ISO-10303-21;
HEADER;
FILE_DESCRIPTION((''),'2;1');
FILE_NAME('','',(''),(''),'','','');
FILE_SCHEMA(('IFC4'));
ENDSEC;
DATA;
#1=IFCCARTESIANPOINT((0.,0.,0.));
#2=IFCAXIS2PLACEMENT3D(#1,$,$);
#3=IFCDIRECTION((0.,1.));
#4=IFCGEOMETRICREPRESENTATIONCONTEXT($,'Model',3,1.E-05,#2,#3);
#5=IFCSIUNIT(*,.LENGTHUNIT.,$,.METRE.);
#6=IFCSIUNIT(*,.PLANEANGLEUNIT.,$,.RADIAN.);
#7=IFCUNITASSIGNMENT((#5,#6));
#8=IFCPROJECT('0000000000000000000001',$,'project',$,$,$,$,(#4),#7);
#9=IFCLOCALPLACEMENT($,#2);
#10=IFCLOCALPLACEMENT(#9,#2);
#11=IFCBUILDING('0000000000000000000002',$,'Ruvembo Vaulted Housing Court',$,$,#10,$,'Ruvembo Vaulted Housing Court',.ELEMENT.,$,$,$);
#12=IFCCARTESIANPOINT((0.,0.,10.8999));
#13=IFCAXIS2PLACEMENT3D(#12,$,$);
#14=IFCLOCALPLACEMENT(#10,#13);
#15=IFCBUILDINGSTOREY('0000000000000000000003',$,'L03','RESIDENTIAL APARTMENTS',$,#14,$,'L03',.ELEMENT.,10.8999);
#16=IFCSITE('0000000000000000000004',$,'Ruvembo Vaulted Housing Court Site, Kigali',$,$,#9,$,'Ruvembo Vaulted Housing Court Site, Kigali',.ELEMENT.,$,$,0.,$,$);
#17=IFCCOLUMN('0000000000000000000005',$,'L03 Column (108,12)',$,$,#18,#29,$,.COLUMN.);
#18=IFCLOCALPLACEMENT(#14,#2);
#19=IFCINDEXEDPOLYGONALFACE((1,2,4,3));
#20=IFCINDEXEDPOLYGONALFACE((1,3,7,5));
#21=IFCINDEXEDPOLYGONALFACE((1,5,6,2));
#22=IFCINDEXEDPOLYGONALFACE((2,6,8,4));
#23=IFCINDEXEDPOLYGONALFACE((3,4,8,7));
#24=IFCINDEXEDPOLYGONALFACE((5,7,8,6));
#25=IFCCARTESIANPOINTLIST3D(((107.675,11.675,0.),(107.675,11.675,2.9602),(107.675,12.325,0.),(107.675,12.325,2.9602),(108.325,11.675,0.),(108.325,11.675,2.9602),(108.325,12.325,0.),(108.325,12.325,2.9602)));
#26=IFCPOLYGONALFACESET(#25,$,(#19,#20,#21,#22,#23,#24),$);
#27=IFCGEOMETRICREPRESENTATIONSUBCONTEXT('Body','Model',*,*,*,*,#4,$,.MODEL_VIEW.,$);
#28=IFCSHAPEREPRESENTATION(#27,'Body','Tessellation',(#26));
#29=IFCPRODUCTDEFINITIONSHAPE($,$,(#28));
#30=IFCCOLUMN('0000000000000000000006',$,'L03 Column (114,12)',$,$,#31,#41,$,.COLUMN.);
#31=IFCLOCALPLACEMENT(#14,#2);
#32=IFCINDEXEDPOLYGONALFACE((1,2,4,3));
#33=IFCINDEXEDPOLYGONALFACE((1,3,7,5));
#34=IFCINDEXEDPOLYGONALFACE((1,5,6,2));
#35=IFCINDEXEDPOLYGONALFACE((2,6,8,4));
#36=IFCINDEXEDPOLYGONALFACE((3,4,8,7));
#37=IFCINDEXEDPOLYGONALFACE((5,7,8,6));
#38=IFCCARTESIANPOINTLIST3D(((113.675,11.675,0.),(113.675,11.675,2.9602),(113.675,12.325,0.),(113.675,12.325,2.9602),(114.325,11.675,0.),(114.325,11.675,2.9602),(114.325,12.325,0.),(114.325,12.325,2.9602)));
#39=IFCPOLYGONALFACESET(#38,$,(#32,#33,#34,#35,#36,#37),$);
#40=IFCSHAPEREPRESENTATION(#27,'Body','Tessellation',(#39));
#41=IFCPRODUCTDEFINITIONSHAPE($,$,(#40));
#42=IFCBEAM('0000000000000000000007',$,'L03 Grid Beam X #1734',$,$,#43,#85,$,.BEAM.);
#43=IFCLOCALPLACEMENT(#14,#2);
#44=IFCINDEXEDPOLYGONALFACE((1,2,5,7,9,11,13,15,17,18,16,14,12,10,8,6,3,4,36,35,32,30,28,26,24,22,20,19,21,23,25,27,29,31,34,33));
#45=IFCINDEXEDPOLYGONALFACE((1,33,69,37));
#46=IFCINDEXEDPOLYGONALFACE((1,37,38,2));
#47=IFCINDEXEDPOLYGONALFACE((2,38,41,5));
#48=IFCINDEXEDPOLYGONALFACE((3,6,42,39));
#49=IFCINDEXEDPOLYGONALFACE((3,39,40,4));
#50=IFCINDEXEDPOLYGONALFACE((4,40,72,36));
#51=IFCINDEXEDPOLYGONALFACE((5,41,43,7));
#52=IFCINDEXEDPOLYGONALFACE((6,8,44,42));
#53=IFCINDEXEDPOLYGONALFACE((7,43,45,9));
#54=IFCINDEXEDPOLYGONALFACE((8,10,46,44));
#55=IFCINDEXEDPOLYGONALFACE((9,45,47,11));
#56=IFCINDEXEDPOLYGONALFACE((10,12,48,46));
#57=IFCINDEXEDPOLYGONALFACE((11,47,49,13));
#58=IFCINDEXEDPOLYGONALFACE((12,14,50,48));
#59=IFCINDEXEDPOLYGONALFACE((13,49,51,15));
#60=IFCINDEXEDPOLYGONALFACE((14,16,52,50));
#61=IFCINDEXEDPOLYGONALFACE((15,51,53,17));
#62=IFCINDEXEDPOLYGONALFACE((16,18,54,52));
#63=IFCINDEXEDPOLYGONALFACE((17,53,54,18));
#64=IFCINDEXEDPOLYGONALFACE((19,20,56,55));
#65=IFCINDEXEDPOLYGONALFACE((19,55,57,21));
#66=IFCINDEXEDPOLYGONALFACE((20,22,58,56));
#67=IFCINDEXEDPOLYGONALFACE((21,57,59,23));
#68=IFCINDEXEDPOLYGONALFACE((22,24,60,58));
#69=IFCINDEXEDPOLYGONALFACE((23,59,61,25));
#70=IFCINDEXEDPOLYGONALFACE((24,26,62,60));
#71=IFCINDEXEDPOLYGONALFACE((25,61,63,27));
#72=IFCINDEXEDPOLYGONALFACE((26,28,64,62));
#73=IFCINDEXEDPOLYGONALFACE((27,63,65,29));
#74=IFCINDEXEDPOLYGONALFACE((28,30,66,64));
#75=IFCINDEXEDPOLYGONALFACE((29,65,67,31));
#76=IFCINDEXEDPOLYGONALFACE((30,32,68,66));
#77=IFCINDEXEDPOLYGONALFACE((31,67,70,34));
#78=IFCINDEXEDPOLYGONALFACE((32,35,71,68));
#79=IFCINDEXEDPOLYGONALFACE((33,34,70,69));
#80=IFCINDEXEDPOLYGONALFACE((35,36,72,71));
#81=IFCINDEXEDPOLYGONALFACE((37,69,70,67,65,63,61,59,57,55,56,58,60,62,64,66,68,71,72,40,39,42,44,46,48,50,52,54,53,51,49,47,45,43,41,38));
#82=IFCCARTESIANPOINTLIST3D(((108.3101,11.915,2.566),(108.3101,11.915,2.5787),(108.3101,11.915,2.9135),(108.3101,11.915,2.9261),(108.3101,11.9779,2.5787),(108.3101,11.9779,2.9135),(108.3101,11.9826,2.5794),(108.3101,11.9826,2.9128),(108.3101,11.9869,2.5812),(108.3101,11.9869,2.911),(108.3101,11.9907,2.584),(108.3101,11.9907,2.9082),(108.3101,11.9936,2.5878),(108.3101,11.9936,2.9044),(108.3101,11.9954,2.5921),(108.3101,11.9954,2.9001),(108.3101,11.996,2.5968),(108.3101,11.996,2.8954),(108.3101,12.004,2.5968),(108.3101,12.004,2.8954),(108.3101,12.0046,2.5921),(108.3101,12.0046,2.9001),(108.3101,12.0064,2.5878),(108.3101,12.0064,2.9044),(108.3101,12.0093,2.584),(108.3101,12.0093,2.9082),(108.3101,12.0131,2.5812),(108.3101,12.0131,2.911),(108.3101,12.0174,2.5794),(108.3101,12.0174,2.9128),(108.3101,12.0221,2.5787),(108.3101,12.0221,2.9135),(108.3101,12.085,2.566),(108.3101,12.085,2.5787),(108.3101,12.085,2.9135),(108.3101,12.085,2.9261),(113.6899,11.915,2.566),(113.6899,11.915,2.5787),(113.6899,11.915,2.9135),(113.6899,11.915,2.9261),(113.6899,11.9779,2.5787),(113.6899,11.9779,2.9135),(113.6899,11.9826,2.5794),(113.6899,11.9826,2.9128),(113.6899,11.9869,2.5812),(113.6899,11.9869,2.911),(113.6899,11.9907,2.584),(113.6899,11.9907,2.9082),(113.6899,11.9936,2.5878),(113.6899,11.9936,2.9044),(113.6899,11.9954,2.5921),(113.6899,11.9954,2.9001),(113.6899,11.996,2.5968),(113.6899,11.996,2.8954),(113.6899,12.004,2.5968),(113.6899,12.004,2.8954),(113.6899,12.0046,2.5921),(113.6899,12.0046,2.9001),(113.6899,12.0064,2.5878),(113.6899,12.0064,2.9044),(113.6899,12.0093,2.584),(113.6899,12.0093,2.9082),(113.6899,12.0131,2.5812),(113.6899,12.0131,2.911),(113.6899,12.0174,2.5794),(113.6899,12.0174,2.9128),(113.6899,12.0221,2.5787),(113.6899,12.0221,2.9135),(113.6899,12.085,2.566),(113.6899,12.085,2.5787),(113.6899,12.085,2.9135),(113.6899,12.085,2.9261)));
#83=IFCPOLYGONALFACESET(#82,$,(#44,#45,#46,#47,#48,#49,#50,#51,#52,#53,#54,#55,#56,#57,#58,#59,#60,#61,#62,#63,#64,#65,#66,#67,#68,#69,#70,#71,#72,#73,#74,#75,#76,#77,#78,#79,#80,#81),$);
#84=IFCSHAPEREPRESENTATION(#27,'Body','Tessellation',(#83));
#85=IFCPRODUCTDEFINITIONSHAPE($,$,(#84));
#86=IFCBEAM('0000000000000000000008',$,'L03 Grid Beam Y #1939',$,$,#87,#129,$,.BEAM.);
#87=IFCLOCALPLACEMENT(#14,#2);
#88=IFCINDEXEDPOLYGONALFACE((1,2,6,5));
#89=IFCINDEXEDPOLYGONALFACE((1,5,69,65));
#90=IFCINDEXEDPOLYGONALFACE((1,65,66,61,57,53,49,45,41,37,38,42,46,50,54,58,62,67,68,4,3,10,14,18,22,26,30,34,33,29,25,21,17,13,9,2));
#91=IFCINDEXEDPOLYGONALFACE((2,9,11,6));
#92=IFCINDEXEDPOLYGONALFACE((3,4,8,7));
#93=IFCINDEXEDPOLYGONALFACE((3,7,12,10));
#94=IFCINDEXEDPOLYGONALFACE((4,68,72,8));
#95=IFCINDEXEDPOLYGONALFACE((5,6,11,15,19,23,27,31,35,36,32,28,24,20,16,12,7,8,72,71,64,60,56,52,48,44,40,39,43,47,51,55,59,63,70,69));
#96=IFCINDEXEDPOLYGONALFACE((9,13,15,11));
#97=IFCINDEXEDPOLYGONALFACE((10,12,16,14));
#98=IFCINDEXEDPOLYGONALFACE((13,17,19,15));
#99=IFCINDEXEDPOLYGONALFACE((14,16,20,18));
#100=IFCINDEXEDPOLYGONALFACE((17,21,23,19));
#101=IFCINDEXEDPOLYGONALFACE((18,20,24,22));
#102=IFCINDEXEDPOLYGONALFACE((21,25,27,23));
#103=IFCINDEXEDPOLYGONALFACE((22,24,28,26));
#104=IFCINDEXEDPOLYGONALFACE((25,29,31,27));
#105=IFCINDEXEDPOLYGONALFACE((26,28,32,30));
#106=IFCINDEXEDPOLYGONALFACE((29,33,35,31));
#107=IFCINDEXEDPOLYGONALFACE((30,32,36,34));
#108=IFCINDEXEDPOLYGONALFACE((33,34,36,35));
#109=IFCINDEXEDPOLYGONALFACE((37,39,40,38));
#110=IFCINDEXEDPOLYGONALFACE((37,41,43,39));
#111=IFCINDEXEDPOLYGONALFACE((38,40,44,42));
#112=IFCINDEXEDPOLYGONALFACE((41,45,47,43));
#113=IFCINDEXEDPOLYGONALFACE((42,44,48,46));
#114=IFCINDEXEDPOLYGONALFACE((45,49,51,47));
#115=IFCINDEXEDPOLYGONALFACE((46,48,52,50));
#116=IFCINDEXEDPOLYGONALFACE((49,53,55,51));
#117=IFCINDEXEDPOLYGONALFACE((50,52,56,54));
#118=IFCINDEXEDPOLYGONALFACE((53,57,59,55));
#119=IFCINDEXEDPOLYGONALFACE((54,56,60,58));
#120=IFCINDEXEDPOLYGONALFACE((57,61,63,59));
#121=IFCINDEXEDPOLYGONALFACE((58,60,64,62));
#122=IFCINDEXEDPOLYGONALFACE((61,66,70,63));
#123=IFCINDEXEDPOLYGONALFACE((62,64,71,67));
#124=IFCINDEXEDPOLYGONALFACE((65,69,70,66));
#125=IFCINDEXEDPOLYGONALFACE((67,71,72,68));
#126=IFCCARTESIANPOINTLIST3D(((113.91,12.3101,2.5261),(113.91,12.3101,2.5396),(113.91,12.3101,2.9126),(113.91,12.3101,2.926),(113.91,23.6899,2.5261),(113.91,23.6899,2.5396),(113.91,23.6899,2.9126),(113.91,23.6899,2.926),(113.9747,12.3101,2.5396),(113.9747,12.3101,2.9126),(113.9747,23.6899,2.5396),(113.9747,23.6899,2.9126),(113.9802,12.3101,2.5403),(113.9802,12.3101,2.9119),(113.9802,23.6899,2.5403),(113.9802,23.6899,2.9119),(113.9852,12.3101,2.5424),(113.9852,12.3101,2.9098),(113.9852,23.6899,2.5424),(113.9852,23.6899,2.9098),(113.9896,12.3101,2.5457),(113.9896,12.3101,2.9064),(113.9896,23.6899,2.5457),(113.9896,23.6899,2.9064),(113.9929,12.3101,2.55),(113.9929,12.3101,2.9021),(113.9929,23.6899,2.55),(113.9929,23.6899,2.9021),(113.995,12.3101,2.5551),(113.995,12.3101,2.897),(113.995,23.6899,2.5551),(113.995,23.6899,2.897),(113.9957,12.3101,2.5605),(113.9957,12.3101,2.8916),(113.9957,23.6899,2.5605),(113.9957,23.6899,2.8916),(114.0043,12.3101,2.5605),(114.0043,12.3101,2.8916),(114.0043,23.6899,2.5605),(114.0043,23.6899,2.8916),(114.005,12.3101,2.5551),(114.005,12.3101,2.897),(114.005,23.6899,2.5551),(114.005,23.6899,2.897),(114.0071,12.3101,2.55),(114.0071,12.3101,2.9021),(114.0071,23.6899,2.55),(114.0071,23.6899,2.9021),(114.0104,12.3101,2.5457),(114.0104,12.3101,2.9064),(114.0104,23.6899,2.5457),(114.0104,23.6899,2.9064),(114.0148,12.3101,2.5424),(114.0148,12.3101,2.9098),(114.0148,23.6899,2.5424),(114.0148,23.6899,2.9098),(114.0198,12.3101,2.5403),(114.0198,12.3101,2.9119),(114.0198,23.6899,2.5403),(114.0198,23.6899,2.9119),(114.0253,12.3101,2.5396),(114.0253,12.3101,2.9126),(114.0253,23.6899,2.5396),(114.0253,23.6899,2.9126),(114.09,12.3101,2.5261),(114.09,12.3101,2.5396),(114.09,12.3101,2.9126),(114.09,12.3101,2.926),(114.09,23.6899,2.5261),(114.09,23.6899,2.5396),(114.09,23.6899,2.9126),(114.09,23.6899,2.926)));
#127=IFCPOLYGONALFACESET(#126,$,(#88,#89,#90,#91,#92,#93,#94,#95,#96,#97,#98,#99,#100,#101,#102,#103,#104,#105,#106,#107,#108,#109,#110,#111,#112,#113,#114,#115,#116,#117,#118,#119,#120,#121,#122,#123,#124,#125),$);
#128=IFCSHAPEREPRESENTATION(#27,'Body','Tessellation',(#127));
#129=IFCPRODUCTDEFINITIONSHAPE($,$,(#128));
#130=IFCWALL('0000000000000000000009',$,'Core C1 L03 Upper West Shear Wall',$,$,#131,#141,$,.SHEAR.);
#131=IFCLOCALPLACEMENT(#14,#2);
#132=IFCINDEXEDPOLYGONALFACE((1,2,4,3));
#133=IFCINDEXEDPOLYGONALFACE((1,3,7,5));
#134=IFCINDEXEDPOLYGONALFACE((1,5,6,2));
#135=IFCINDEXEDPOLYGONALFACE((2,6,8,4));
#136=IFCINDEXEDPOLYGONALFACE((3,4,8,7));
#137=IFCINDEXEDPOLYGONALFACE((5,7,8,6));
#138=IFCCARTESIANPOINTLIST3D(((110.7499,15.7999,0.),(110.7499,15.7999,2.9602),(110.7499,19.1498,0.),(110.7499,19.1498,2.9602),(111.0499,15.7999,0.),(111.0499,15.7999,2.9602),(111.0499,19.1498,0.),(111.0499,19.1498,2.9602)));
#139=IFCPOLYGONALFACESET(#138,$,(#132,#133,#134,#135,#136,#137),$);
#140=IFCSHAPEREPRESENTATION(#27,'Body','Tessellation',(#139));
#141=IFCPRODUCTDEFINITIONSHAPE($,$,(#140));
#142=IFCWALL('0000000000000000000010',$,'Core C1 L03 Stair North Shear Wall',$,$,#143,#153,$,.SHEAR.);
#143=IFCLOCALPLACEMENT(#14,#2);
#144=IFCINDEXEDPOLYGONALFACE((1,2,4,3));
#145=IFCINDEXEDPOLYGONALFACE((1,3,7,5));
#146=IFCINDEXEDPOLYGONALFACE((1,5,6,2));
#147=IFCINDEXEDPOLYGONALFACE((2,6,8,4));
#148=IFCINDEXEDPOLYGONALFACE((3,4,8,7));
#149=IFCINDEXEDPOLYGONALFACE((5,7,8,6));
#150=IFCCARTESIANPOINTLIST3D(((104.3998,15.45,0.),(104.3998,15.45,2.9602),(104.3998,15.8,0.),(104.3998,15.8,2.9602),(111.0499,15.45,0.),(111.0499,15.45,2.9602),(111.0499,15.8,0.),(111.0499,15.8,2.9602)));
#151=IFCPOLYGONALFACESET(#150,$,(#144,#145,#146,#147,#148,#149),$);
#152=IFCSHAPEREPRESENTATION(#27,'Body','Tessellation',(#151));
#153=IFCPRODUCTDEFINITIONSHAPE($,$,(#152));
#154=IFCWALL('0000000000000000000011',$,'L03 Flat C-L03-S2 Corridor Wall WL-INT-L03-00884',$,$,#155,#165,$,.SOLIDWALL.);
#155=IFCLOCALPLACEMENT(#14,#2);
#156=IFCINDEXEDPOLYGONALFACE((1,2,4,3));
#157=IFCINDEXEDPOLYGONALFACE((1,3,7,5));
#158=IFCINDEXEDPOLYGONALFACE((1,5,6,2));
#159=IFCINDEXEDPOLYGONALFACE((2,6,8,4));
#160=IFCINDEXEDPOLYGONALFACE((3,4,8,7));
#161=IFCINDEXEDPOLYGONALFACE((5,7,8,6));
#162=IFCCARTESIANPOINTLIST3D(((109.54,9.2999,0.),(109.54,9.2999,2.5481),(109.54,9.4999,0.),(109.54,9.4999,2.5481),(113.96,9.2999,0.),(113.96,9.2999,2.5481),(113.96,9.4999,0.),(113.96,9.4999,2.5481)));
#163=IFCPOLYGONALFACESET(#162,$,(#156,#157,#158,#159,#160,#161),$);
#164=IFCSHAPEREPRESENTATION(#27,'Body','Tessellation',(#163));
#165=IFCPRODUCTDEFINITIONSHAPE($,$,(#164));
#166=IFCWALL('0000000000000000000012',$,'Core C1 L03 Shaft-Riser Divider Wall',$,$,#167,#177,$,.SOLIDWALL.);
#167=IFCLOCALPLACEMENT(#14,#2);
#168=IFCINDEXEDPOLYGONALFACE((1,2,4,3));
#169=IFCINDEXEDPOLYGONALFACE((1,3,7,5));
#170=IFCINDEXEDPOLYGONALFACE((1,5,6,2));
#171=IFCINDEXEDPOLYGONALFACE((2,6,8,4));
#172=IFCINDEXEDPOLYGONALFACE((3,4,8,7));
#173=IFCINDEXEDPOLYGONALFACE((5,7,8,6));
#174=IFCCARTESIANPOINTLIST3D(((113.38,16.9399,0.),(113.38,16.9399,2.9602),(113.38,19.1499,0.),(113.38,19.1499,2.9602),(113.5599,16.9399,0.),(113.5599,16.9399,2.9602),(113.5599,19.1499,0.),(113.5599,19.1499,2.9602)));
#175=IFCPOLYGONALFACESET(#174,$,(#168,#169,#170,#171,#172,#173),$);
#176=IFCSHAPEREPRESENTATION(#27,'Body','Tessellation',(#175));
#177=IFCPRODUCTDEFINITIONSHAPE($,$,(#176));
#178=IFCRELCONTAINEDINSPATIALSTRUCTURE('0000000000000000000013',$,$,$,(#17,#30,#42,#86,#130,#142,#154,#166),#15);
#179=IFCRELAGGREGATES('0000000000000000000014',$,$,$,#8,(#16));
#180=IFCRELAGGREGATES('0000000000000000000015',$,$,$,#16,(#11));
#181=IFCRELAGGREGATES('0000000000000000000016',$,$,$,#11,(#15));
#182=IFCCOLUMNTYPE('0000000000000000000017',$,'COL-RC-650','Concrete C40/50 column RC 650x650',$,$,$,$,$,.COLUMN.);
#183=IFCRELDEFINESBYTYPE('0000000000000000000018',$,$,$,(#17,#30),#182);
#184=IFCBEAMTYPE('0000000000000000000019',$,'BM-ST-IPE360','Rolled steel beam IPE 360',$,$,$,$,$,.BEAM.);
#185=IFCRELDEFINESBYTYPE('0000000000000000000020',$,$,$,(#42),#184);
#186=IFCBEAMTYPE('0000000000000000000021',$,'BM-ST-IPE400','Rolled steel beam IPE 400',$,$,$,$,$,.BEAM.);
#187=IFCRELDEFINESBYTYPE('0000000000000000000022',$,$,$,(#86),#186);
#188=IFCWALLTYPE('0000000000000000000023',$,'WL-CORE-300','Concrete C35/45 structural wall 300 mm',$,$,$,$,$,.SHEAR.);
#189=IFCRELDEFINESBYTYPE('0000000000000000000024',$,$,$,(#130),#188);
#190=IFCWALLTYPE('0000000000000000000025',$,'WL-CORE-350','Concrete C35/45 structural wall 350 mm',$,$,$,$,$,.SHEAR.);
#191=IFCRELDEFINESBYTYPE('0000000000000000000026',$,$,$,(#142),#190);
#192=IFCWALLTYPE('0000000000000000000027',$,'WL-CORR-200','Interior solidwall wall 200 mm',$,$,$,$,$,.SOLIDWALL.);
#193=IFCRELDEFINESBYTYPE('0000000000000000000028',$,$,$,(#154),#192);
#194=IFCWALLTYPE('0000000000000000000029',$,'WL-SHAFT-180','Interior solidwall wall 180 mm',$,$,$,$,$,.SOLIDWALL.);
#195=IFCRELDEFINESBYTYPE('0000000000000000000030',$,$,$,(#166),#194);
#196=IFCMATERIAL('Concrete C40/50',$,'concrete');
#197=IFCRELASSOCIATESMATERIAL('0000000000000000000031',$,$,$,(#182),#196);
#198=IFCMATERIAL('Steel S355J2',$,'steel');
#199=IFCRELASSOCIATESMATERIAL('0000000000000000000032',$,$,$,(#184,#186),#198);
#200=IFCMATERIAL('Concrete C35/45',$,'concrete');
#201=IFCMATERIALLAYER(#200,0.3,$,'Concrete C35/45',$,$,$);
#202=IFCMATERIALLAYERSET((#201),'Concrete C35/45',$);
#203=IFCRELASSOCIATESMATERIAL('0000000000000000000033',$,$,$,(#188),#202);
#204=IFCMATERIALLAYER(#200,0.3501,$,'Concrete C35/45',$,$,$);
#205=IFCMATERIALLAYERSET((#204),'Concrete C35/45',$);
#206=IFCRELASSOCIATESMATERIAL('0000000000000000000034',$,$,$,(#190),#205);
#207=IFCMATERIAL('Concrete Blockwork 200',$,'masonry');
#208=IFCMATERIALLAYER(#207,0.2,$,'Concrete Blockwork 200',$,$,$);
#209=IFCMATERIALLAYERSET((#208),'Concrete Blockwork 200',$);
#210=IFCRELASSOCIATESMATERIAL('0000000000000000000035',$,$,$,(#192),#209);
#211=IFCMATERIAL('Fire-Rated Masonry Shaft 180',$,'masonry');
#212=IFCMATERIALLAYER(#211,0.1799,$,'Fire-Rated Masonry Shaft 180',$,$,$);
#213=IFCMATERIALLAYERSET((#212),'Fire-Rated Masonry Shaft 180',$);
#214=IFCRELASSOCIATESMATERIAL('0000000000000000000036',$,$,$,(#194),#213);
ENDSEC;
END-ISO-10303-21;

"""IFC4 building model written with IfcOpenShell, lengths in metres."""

from ifc_helpers import new_model, si_unit, direction, frame, frame_2d, origin, origin_2d, place, context, subcontext, project, spatial, rectangle, i_section, extrude, material, layer, layer_set, material_profile, profile_set, type_object, element, save


model = new_model("IFC4")

# Units and contexts
model_context = context("Model", 3, precision=1e-05, world=origin(), true_north=direction((0.0, 1.0)))
body_context = subcontext(model_context, "Body", "Model", "MODEL_VIEW")
ifc_project = project(units=[si_unit("LENGTHUNIT", "METRE"), si_unit("PLANEANGLEUNIT", "RADIAN")], contexts=[model_context])

# Site, building, storey
site_placement = place(None, origin())
site = spatial("IfcSite", under=ifc_project, at=site_placement, Name="Ruvembo Vaulted Housing Court Site, Kigali", LongName="Ruvembo Vaulted Housing Court Site, Kigali", CompositionType="ELEMENT", RefElevation=0.0)
building_placement = place(site_placement, origin())
building = spatial("IfcBuilding", under=site, at=building_placement, Name="Ruvembo Vaulted Housing Court", LongName="Ruvembo Vaulted Housing Court", CompositionType="ELEMENT")
storey_placement = place(building_placement, frame((0.0, 0.0, 10.8999)))
storey = spatial("IfcBuildingStorey", under=building, at=storey_placement, Name="L03", Description="RESIDENTIAL APARTMENTS", LongName="L03", CompositionType="ELEMENT", Elevation=10.8999)

# Columns
ifc_material_1 = material(Name="Concrete C40/50", Category="concrete")
ifc_material_profile_1 = material_profile(ifc_material_1, rectangle(XDim=0.6499, YDim=0.6499, at=origin_2d()), Name="RC 650x650")
ifc_profile_set_1 = profile_set([ifc_material_profile_1], Name="Concrete C40/50")
column_type = type_object("IfcColumnType", Name="COL-RC-650", Description="Concrete C40/50 column RC 650x650", PredefinedType="COLUMN", material=ifc_profile_set_1)
for number, where, z_axis, x_axis, name in (
    (1, (108.0, 12.0, 0.0), (0.0, 0.0, 1.0), (1.0, 0.0, 0.0), "L03 Column (108,12)"),
    (2, (114.0, 12.0, 0.0), (0.0, 0.0, 1.0), (1.0, 0.0, 0.0), "L03 Column (114,12)"),
):
    element("IfcColumn", number, at=place(storey_placement, frame(where, z_axis=z_axis, x_axis=x_axis)), inside=storey, type_object=column_type, Name=name, PredefinedType="COLUMN", context=body_context, shape_type="SweptSolid", body=[
        extrude(rectangle(XDim=0.6499, YDim=0.6499, at=origin_2d()), origin(), (0.0, 0.0, 1.0), 2.9602),
    ])

# Beams
ifc_material_2 = material(Name="Steel S355J2", Category="steel")
ifc_material_profile_2 = material_profile(ifc_material_2, i_section(OverallWidth=0.1699, OverallDepth=0.3601, WebThickness=0.0081, FlangeThickness=0.0127, FilletRadius=0.0181, at=origin_2d()), Name="IPE 360")
ifc_profile_set_2 = profile_set([ifc_material_profile_2], Name="Steel S355J2")
beam_type_1 = type_object("IfcBeamType", Name="BM-ST-IPE360", Description="Rolled steel beam IPE 360", PredefinedType="BEAM", material=ifc_profile_set_2)
beam_1_placement = place(storey_placement, frame((108.3101, 12.0, 2.7461), z_axis=(1.0, 0.0, 0.0), x_axis=(0.0, 1.0, 0.0)))
element("IfcBeam", 3, at=beam_1_placement, inside=storey, type_object=beam_type_1, Name="L03 Grid Beam X #1734", PredefinedType="BEAM", context=body_context, shape_type="SweptSolid", body=[
    extrude(i_section(OverallWidth=0.1699, OverallDepth=0.3601, WebThickness=0.0081, FlangeThickness=0.0127, FilletRadius=0.0181, at=origin_2d()), origin(), (0.0, 0.0, 1.0), 5.3799),
])
ifc_material_profile_3 = material_profile(ifc_material_2, i_section(OverallWidth=0.1799, OverallDepth=0.3999, WebThickness=0.0085, FlangeThickness=0.0134, FilletRadius=0.021, at=origin_2d()), Name="IPE 400")
ifc_profile_set_3 = profile_set([ifc_material_profile_3], Name="Steel S355J2")
beam_type_2 = type_object("IfcBeamType", Name="BM-ST-IPE400", Description="Rolled steel beam IPE 400", PredefinedType="BEAM", material=ifc_profile_set_3)
beam_2_placement = place(storey_placement, frame((114.0, 12.3101, 2.7261), z_axis=(0.0, 1.0, 0.0), x_axis=(-1.0, 0.0, 0.0)))
element("IfcBeam", 4, at=beam_2_placement, inside=storey, type_object=beam_type_2, Name="L03 Grid Beam Y #1939", PredefinedType="BEAM", context=body_context, shape_type="SweptSolid", body=[
    extrude(i_section(OverallWidth=0.1799, OverallDepth=0.3999, WebThickness=0.0085, FlangeThickness=0.0134, FilletRadius=0.021, at=origin_2d()), origin(), (0.0, 0.0, 1.0), 11.3799),
])

# Shared definitions
ifc_material_3 = material(Name="Concrete C35/45", Category="concrete")
ifc_layer_1 = layer(ifc_material_3, 0.3, Name="Concrete C35/45")
ifc_layer_set_1 = layer_set([ifc_layer_1], Name="Concrete C35/45")
wall_type_1 = type_object("IfcWallType", Name="WL-CORE-300", Description="Concrete C35/45 structural wall 300 mm", PredefinedType="SHEAR", material=ifc_layer_set_1)

# Walls
wall_1_placement = place(storey_placement, frame((110.8999, 15.8, 0.0), z_axis=(0.0, 0.0, 1.0), x_axis=(0.0, 1.0, 0.0)))
element("IfcWall", 5, at=wall_1_placement, inside=storey, type_object=wall_type_1, Name="Core C1 L03 Upper West Shear Wall", PredefinedType="SHEAR", context=body_context, shape_type="SweptSolid", body=[
    extrude(rectangle(XDim=3.3499, YDim=0.3, at=frame_2d((1.6748, 0.0))), origin(), (0.0, 0.0, 1.0), 2.9602),
])
ifc_layer_2 = layer(ifc_material_3, 0.3501, Name="Concrete C35/45")
ifc_layer_set_2 = layer_set([ifc_layer_2], Name="Concrete C35/45")
wall_type_2 = type_object("IfcWallType", Name="WL-CORE-350", Description="Concrete C35/45 structural wall 350 mm", PredefinedType="SHEAR", material=ifc_layer_set_2)
wall_2_placement = place(storey_placement, frame((111.05, 15.625, 0.0), z_axis=(0.0, 0.0, 1.0), x_axis=(-1.0, 0.0, 0.0)))
element("IfcWall", 6, at=wall_2_placement, inside=storey, type_object=wall_type_2, Name="Core C1 L03 Stair North Shear Wall", PredefinedType="SHEAR", context=body_context, shape_type="SweptSolid", body=[
    extrude(rectangle(XDim=6.6501, YDim=0.3501, at=frame_2d((3.3252, 0.0))), origin(), (0.0, 0.0, 1.0), 2.9602),
])
ifc_material_4 = material(Name="Concrete Blockwork 200", Category="masonry")
ifc_layer_3 = layer(ifc_material_4, 0.2, Name="Concrete Blockwork 200")
ifc_layer_set_3 = layer_set([ifc_layer_3], Name="Concrete Blockwork 200")
wall_type_3 = type_object("IfcWallType", Name="WL-CORR-200", Description="Interior solidwall wall 200 mm", PredefinedType="SOLIDWALL", material=ifc_layer_set_3)
wall_3_placement = place(storey_placement, frame((109.54, 9.3999, 0.0), z_axis=(0.0, 0.0, 1.0), x_axis=(1.0, 0.0, 0.0)))
element("IfcWall", 7, at=wall_3_placement, inside=storey, type_object=wall_type_3, Name="L03 Flat C-L03-S2 Corridor Wall WL-INT-L03-00884", PredefinedType="SOLIDWALL", context=body_context, shape_type="SweptSolid", body=[
    extrude(rectangle(XDim=4.4199, YDim=0.2, at=frame_2d((2.21, 0.0))), origin(), (0.0, 0.0, 1.0), 2.5481),
])

# Shared definitions
ifc_material_5 = material(Name="Fire-Rated Masonry Shaft 180", Category="masonry")
ifc_layer_4 = layer(ifc_material_5, 0.1799, Name="Fire-Rated Masonry Shaft 180")
ifc_layer_set_4 = layer_set([ifc_layer_4], Name="Fire-Rated Masonry Shaft 180")
wall_type_4 = type_object("IfcWallType", Name="WL-SHAFT-180", Description="Interior solidwall wall 180 mm", PredefinedType="SOLIDWALL", material=ifc_layer_set_4)

# Wall
wall_4_placement = place(storey_placement, frame((113.47, 16.9399, 0.0), z_axis=(0.0, 0.0, 1.0), x_axis=(0.0, 1.0, 0.0)))
element("IfcWall", 8, at=wall_4_placement, inside=storey, type_object=wall_type_4, Name="Core C1 L03 Shaft-Riser Divider Wall", PredefinedType="SOLIDWALL", context=body_context, shape_type="SweptSolid", body=[
    extrude(rectangle(XDim=2.21, YDim=0.1799, at=frame_2d((1.105, 0.0))), origin(), (0.0, 0.0, 1.0), 2.9602),
])

save(model, "model.ifc")
